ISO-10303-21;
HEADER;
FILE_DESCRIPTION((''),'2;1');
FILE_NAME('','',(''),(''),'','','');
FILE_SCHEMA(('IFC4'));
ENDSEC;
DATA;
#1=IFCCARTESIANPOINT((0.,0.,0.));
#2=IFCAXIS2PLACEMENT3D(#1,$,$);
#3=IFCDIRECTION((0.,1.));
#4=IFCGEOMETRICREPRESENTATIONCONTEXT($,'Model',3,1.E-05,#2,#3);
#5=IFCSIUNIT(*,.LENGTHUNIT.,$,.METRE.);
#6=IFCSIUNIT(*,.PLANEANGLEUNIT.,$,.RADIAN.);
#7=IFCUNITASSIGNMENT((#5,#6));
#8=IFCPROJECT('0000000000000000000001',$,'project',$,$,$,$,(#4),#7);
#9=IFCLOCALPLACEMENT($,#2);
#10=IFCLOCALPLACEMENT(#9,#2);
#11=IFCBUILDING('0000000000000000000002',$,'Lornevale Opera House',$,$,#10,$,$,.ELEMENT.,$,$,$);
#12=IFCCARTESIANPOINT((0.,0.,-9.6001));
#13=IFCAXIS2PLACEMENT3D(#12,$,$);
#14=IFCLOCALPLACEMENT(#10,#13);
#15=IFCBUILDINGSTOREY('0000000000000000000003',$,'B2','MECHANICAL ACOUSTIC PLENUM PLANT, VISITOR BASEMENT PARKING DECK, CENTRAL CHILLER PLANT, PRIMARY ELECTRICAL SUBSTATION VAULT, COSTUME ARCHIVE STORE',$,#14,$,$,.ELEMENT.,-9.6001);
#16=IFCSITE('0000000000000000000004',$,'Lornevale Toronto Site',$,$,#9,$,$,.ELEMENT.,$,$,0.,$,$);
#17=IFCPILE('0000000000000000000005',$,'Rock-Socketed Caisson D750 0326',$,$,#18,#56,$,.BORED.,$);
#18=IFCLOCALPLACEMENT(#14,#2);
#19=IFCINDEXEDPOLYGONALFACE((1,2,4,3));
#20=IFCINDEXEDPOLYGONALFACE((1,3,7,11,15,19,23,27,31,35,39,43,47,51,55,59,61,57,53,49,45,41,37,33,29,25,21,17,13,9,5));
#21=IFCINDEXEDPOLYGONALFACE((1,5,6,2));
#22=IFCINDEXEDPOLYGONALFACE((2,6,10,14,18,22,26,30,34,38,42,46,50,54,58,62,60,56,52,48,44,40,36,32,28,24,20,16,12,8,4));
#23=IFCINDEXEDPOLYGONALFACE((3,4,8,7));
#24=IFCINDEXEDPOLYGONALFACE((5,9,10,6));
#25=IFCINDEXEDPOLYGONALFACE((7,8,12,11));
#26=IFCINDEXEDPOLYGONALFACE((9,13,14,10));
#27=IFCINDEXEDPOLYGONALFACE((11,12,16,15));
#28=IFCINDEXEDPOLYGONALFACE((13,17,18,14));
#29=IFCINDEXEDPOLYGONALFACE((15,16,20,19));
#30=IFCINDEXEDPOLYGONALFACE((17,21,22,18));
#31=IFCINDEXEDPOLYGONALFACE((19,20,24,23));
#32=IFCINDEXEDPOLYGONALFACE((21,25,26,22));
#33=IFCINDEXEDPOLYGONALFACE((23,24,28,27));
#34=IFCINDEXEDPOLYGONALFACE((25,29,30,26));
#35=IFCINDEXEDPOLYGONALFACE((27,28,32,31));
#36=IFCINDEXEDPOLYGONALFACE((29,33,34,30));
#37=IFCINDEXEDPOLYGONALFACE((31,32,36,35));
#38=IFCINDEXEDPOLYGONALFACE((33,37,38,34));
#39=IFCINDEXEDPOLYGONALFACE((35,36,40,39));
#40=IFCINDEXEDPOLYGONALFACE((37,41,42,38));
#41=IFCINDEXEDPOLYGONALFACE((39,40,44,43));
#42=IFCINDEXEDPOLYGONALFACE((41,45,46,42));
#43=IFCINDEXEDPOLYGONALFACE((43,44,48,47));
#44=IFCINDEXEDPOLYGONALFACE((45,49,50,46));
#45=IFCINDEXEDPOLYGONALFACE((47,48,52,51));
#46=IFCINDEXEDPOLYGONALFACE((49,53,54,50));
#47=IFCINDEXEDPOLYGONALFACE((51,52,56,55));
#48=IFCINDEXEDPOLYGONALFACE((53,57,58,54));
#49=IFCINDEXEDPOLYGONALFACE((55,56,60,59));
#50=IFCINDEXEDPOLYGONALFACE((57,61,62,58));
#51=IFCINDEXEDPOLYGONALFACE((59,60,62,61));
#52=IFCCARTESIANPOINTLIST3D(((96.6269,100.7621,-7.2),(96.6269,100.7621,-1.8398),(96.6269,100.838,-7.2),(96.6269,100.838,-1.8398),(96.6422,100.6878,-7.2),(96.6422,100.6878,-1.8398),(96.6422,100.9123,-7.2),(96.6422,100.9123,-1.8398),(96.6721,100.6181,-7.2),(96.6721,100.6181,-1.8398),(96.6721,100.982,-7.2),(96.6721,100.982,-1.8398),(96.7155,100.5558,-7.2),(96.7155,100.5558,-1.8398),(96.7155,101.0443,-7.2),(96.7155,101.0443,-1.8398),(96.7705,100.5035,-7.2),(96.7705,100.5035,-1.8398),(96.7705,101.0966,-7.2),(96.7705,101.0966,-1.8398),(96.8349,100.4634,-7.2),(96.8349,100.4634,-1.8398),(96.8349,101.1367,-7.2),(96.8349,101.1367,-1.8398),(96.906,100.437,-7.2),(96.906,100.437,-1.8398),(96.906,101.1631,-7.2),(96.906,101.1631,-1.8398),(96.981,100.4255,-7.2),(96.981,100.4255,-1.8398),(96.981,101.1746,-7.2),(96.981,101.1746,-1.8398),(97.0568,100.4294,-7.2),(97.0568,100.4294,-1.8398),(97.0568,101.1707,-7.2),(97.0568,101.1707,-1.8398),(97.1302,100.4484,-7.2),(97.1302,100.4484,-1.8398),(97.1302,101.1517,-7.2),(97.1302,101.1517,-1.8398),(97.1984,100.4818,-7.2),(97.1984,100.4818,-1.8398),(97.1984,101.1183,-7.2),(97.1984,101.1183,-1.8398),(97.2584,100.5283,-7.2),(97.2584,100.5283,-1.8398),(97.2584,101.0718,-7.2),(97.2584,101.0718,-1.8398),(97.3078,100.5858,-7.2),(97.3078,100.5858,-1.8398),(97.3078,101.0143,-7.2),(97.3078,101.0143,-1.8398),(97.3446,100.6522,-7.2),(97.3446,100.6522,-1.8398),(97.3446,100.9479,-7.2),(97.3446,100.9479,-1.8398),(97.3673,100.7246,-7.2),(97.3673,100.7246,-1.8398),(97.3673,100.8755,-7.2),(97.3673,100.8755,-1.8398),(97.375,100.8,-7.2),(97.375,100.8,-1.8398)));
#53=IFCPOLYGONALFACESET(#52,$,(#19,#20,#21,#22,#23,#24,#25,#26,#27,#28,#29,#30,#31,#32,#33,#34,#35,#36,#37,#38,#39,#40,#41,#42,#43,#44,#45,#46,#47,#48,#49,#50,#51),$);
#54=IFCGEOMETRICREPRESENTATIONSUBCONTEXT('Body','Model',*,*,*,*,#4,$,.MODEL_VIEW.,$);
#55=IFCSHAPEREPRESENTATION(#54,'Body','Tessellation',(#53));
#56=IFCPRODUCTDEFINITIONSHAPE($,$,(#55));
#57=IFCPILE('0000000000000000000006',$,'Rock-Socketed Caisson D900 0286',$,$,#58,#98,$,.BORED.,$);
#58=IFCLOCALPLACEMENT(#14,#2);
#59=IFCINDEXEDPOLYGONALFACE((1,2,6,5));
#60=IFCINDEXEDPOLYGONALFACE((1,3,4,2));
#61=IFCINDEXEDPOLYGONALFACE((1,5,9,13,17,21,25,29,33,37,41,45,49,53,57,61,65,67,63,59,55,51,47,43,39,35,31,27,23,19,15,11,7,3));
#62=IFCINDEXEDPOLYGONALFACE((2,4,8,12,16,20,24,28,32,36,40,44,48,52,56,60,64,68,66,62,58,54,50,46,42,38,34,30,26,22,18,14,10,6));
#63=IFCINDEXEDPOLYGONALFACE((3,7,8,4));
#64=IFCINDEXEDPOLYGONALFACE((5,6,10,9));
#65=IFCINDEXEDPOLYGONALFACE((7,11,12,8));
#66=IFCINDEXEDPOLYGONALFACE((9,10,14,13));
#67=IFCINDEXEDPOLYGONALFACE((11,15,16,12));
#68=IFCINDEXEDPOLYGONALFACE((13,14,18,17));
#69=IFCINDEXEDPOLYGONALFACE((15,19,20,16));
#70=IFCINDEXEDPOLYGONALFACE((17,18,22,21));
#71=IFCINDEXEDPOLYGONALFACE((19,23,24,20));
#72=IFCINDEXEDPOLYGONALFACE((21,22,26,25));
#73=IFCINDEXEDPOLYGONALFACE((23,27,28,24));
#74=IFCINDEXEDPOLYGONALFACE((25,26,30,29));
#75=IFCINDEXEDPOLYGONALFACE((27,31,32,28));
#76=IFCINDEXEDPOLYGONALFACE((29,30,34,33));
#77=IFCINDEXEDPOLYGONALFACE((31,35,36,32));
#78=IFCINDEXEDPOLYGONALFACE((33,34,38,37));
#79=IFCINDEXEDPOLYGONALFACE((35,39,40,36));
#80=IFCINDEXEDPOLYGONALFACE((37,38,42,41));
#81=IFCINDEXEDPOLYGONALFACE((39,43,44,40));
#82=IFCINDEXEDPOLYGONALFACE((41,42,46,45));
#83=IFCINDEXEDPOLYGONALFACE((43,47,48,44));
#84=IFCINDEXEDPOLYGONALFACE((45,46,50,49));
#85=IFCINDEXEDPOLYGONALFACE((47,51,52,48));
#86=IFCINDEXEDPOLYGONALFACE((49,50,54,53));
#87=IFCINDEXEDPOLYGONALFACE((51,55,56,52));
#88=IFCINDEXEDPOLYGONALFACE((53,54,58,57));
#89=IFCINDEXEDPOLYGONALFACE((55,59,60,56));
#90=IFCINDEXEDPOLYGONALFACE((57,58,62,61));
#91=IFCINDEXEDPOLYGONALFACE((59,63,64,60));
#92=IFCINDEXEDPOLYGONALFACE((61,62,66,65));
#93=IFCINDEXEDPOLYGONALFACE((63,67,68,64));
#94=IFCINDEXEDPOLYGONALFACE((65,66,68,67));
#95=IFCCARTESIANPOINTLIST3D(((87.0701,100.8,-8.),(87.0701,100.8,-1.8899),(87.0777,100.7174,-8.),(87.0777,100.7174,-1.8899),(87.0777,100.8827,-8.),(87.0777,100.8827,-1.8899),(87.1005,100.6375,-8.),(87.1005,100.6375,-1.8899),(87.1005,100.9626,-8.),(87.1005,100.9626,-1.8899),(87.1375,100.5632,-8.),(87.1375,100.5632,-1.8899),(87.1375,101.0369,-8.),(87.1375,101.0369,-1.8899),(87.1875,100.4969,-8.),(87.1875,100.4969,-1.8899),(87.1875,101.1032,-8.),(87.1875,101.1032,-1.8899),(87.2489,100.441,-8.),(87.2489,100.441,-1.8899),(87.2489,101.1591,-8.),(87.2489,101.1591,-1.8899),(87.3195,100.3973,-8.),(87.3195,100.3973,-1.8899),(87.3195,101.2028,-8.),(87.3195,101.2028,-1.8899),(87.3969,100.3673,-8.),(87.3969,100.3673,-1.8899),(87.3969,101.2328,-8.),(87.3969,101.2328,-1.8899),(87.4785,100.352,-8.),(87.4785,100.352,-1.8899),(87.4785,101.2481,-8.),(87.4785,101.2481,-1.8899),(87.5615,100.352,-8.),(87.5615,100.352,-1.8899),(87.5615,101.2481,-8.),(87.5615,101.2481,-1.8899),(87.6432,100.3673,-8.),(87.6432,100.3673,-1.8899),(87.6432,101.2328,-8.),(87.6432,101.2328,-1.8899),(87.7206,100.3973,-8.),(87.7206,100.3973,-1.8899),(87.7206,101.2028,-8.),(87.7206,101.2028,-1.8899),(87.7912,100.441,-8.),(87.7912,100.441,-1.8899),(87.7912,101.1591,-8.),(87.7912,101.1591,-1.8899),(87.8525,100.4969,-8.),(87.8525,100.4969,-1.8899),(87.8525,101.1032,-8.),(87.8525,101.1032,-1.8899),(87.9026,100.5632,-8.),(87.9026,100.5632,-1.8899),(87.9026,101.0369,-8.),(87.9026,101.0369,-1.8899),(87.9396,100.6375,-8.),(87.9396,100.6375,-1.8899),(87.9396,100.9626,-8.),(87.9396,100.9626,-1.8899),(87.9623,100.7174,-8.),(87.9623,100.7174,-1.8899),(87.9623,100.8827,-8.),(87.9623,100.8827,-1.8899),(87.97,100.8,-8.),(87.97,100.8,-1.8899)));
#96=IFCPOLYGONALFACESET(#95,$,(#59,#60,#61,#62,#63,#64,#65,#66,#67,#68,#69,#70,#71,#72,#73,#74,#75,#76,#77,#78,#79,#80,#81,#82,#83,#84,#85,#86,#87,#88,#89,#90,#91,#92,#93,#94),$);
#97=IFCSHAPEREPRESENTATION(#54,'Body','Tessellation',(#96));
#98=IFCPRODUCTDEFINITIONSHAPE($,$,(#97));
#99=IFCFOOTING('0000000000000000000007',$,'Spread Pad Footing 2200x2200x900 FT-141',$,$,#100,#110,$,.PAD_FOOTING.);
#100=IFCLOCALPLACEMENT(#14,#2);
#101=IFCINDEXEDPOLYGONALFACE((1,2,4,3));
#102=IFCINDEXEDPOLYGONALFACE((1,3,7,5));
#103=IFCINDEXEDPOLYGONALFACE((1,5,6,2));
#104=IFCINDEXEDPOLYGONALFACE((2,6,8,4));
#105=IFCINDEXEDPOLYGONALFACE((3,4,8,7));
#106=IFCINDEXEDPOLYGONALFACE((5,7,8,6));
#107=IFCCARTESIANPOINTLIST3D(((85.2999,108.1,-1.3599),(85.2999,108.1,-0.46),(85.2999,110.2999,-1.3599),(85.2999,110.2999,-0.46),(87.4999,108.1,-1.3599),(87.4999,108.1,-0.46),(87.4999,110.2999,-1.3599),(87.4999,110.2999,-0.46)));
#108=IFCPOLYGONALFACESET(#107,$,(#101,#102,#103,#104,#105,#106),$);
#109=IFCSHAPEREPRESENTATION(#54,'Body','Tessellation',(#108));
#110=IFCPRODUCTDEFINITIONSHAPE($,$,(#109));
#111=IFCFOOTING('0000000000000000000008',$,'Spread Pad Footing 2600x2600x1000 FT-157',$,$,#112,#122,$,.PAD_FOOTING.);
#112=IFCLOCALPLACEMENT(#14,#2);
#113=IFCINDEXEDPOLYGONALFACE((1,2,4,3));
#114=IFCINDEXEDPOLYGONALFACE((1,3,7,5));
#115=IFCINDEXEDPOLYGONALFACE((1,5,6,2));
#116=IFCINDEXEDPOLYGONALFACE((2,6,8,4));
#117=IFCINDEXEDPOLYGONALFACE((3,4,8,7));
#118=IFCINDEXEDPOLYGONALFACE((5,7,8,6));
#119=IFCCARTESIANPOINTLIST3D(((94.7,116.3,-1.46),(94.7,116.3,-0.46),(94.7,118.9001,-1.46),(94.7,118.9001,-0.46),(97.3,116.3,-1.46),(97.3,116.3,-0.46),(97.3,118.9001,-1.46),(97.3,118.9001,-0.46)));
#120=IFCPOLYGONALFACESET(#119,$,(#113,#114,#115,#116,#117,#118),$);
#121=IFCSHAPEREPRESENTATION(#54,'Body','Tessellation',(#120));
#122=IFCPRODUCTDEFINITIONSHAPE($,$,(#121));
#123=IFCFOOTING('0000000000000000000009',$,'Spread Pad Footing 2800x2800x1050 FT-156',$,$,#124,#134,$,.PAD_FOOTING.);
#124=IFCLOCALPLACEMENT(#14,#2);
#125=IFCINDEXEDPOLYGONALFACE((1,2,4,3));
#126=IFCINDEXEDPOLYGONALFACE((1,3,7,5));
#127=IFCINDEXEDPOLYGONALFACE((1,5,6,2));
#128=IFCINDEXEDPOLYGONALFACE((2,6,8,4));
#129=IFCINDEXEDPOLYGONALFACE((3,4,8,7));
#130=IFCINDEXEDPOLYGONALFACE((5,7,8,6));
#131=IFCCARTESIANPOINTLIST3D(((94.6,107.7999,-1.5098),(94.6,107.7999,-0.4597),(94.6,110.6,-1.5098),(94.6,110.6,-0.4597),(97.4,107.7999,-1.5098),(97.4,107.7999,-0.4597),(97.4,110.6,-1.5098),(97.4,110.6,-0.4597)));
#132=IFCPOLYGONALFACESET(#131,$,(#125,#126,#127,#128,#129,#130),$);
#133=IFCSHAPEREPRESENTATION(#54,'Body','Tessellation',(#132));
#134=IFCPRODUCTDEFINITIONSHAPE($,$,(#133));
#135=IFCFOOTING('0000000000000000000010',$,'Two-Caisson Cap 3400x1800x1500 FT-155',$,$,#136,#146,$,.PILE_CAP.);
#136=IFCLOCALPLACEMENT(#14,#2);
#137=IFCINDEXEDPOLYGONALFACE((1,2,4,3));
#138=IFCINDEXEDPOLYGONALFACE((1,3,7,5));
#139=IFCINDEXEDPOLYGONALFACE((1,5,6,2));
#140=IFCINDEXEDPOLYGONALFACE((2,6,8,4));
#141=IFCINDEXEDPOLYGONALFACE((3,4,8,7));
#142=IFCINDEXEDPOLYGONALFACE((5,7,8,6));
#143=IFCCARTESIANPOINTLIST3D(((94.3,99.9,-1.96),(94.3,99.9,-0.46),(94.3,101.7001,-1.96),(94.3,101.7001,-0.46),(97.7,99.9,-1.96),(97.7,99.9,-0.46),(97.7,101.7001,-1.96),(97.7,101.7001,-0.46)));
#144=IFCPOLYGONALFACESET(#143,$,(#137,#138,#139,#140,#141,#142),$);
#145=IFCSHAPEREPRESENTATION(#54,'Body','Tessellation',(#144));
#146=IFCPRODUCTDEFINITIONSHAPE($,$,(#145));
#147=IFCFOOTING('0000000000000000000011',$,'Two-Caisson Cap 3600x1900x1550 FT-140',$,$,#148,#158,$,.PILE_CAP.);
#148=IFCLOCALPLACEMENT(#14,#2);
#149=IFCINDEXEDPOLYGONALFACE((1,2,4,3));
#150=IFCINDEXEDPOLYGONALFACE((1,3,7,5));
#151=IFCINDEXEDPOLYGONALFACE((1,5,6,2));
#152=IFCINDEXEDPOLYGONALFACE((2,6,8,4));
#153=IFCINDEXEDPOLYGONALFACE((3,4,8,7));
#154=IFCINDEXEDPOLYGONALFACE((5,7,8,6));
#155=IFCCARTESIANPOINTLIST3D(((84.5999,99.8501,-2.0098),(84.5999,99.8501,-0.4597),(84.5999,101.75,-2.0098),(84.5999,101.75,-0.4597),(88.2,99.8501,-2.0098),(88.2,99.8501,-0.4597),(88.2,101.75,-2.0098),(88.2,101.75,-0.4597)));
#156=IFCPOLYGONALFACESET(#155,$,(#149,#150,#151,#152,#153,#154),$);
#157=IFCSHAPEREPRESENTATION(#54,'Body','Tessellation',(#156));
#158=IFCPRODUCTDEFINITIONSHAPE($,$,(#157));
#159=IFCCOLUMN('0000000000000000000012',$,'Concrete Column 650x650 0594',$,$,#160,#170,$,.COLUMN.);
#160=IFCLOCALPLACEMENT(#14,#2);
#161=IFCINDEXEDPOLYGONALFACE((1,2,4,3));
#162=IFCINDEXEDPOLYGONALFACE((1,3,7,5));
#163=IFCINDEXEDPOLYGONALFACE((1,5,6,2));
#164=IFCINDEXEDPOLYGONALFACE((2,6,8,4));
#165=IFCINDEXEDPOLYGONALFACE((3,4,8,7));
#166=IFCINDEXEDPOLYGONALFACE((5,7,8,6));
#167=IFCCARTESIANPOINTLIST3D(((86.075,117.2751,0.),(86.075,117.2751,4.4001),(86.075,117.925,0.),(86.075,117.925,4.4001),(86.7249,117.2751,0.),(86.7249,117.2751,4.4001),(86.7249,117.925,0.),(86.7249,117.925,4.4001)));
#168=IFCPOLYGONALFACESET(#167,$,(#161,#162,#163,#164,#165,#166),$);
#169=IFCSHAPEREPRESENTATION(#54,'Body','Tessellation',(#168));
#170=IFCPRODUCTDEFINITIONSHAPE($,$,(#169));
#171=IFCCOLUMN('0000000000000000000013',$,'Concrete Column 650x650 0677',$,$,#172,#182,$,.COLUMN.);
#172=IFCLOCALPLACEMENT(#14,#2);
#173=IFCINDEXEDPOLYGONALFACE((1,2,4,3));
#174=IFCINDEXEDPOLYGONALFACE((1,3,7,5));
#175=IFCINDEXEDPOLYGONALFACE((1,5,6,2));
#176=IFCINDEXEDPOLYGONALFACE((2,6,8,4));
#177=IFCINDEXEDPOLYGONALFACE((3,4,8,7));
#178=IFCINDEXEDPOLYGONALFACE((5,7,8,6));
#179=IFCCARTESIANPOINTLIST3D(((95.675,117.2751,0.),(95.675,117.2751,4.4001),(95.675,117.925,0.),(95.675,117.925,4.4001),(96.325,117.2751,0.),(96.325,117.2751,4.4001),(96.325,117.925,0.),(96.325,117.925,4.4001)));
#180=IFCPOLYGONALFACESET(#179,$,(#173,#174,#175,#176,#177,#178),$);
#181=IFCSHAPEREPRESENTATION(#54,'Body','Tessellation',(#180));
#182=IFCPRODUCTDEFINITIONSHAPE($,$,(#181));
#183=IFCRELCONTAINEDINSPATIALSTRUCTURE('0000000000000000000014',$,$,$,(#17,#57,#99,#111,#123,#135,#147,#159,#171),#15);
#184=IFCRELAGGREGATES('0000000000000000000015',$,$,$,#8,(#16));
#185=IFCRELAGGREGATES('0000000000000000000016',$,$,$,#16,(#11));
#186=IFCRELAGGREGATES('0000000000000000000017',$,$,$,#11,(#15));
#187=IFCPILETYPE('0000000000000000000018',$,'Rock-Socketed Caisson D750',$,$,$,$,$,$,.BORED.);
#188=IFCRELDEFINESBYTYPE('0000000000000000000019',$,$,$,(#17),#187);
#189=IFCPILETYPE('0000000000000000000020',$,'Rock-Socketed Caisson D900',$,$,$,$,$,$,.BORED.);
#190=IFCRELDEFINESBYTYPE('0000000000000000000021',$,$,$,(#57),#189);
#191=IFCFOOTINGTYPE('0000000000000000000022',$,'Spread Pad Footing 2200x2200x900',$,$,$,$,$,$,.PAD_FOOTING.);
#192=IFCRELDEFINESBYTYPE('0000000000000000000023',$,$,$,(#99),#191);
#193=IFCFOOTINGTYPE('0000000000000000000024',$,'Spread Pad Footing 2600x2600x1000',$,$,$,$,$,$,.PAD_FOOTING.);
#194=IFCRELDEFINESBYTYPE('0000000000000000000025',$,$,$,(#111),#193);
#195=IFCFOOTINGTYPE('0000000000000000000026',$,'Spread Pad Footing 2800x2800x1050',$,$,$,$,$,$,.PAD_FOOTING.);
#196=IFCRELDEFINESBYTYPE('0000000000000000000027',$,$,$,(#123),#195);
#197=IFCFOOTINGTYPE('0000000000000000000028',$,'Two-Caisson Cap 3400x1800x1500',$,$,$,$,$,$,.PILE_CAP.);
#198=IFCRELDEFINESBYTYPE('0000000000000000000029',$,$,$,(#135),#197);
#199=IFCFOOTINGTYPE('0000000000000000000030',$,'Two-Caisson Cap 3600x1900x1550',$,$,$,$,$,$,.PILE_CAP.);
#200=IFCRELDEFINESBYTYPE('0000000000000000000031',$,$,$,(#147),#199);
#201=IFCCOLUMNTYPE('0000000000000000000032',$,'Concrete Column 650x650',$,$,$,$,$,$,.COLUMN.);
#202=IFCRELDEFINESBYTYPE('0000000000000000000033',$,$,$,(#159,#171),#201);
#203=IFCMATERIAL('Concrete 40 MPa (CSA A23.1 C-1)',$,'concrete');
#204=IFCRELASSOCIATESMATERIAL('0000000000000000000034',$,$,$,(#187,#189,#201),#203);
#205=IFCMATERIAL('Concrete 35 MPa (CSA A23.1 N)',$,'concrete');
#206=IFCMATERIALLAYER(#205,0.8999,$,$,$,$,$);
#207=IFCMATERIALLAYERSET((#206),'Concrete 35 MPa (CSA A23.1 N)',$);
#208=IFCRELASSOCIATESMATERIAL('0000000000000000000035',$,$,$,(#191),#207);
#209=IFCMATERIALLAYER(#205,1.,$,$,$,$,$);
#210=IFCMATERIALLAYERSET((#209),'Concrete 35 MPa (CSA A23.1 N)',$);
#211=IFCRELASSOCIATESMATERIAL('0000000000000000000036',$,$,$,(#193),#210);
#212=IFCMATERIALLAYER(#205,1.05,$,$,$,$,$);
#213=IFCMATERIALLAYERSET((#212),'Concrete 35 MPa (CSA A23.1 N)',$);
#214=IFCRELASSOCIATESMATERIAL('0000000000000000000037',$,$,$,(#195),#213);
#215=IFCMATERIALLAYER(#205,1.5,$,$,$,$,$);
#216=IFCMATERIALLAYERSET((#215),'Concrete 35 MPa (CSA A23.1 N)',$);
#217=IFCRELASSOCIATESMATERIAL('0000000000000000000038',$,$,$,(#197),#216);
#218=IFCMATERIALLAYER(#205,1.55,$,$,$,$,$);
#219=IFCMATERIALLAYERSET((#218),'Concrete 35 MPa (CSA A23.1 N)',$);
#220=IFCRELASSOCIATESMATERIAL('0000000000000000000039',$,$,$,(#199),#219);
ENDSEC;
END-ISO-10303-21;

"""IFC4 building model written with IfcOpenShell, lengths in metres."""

from ifc_helpers import new_model, si_unit, direction, frame, origin, origin_2d, place, context, subcontext, project, spatial, rectangle, circle, extrude, material, layer, layer_set, material_profile, profile_set, type_object, element, save


model = new_model("IFC4")

# Units and contexts
model_context = context("Model", 3, precision=1e-05, world=origin(), true_north=direction((0.0, 1.0)))
body_context = subcontext(model_context, "Body", "Model", "MODEL_VIEW")
ifc_project = project(units=[si_unit("LENGTHUNIT", "METRE"), si_unit("PLANEANGLEUNIT", "RADIAN")], contexts=[model_context])

# Site, building, storey
site_placement = place(None, origin())
site = spatial("IfcSite", under=ifc_project, at=site_placement, Name="Lornevale Toronto Site", CompositionType="ELEMENT", RefElevation=0.0)
building_placement = place(site_placement, origin())
building = spatial("IfcBuilding", under=site, at=building_placement, Name="Lornevale Opera House", CompositionType="ELEMENT")
storey_placement = place(building_placement, frame((0.0, 0.0, -9.6001)))
storey = spatial("IfcBuildingStorey", under=building, at=storey_placement, Name="B2", Description="MECHANICAL ACOUSTIC PLENUM PLANT, VISITOR BASEMENT PARKING DECK, CENTRAL CHILLER PLANT, PRIMARY ELECTRICAL SUBSTATION VAULT, COSTUME ARCHIVE STORE", CompositionType="ELEMENT", Elevation=-9.6001)

# Shared definitions
ifc_material_1 = material(Name="Concrete 35 MPa (CSA A23.1 N)", Category="concrete")

# Shared definitions
ifc_material_2 = material(Name="Concrete 40 MPa (CSA A23.1 C-1)", Category="concrete")

# Piles
ifc_material_profile_1 = material_profile(ifc_material_2, circle(Radius=0.375, at=origin_2d()), Name="CAIS750")
ifc_profile_set_1 = profile_set([ifc_material_profile_1], Name="Concrete 40 MPa (CSA A23.1 C-1)")
pile_type_1 = type_object("IfcPileType", Name="Rock-Socketed Caisson D750", PredefinedType="BORED", material=ifc_profile_set_1)
for number, where, z_axis, x_axis, name in (
    (1, (97.0, 100.8, -1.8398), (0.0, 0.0, -1.0), (1.0, 0.0, 0.0), "Rock-Socketed Caisson D750 0326"),
):
    element("IfcPile", number, at=place(storey_placement, frame(where, z_axis=z_axis, x_axis=x_axis)), inside=storey, type_object=pile_type_1, Name=name, PredefinedType="BORED", context=body_context, shape_type="SweptSolid", body=[
        extrude(circle(Radius=0.375, at=origin_2d()), origin(), (0.0, 0.0, 1.0), 5.3601),
    ])
ifc_material_profile_2 = material_profile(ifc_material_2, circle(Radius=0.45, at=origin_2d()), Name="CAIS900")
ifc_profile_set_2 = profile_set([ifc_material_profile_2], Name="Concrete 40 MPa (CSA A23.1 C-1)")
pile_type_2 = type_object("IfcPileType", Name="Rock-Socketed Caisson D900", PredefinedType="BORED", material=ifc_profile_set_2)
pile_1_placement = place(storey_placement, frame((87.52, 100.8, -1.8899), z_axis=(0.0, 0.0, -1.0), x_axis=(1.0, 0.0, 0.0)))
element("IfcPile", 2, at=pile_1_placement, inside=storey, type_object=pile_type_2, Name="Rock-Socketed Caisson D900 0286", PredefinedType="BORED", context=body_context, shape_type="SweptSolid", body=[
    extrude(circle(Radius=0.45, at=origin_2d()), origin(), (0.0, 0.0, 1.0), 6.1101),
])

# Footings
ifc_layer_1 = layer(ifc_material_1, 0.8999)
ifc_layer_set_1 = layer_set([ifc_layer_1], Name="Concrete 35 MPa (CSA A23.1 N)")
footing_type_1 = type_object("IfcFootingType", Name="Spread Pad Footing 2200x2200x900", PredefinedType="PAD_FOOTING", material=ifc_layer_set_1)
footing_1_placement = place(storey_placement, frame((86.3999, 109.2, -1.3599), z_axis=(0.0, 0.0, 1.0), x_axis=(1.0, 0.0, 0.0)))
element("IfcFooting", 3, at=footing_1_placement, inside=storey, type_object=footing_type_1, Name="Spread Pad Footing 2200x2200x900 FT-141", PredefinedType="PAD_FOOTING", context=body_context, shape_type="SweptSolid", body=[
    extrude(rectangle(XDim=2.2, YDim=2.2, at=origin_2d()), origin(), (0.0, 0.0, 1.0), 0.8999),
])
ifc_layer_2 = layer(ifc_material_1, 1.0)
ifc_layer_set_2 = layer_set([ifc_layer_2], Name="Concrete 35 MPa (CSA A23.1 N)")
footing_type_2 = type_object("IfcFootingType", Name="Spread Pad Footing 2600x2600x1000", PredefinedType="PAD_FOOTING", material=ifc_layer_set_2)
footing_2_placement = place(storey_placement, frame((96.0, 117.6001, -1.46), z_axis=(0.0, 0.0, 1.0), x_axis=(1.0, 0.0, 0.0)))
element("IfcFooting", 4, at=footing_2_placement, inside=storey, type_object=footing_type_2, Name="Spread Pad Footing 2600x2600x1000 FT-157", PredefinedType="PAD_FOOTING", context=body_context, shape_type="SweptSolid", body=[
    extrude(rectangle(XDim=2.6001, YDim=2.6001, at=origin_2d()), origin(), (0.0, 0.0, 1.0), 1.0),
])
ifc_layer_3 = layer(ifc_material_1, 1.05)
ifc_layer_set_3 = layer_set([ifc_layer_3], Name="Concrete 35 MPa (CSA A23.1 N)")
footing_type_3 = type_object("IfcFootingType", Name="Spread Pad Footing 2800x2800x1050", PredefinedType="PAD_FOOTING", material=ifc_layer_set_3)
footing_3_placement = place(storey_placement, frame((96.0, 109.2, -1.5098), z_axis=(0.0, 0.0, 1.0), x_axis=(1.0, 0.0, 0.0)))
element("IfcFooting", 5, at=footing_3_placement, inside=storey, type_object=footing_type_3, Name="Spread Pad Footing 2800x2800x1050 FT-156", PredefinedType="PAD_FOOTING", context=body_context, shape_type="SweptSolid", body=[
    extrude(rectangle(XDim=2.8, YDim=2.8, at=origin_2d()), origin(), (0.0, 0.0, 1.0), 1.05),
])
ifc_layer_4 = layer(ifc_material_1, 1.5)
ifc_layer_set_4 = layer_set([ifc_layer_4], Name="Concrete 35 MPa (CSA A23.1 N)")
footing_type_4 = type_object("IfcFootingType", Name="Two-Caisson Cap 3400x1800x1500", PredefinedType="PILE_CAP", material=ifc_layer_set_4)
footing_4_placement = place(storey_placement, frame((96.0, 100.8, -1.96), z_axis=(0.0, 0.0, 1.0), x_axis=(1.0, 0.0, 0.0)))
element("IfcFooting", 6, at=footing_4_placement, inside=storey, type_object=footing_type_4, Name="Two-Caisson Cap 3400x1800x1500 FT-155", PredefinedType="PILE_CAP", context=body_context, shape_type="SweptSolid", body=[
    extrude(rectangle(XDim=3.3999, YDim=1.8, at=origin_2d()), origin(), (0.0, 0.0, 1.0), 1.5),
])
ifc_layer_5 = layer(ifc_material_1, 1.55)
ifc_layer_set_5 = layer_set([ifc_layer_5], Name="Concrete 35 MPa (CSA A23.1 N)")
footing_type_5 = type_object("IfcFootingType", Name="Two-Caisson Cap 3600x1900x1550", PredefinedType="PILE_CAP", material=ifc_layer_set_5)
footing_5_placement = place(storey_placement, frame((86.3999, 100.8, -2.0098), z_axis=(0.0, 0.0, 1.0), x_axis=(1.0, 0.0, 0.0)))
element("IfcFooting", 7, at=footing_5_placement, inside=storey, type_object=footing_type_5, Name="Two-Caisson Cap 3600x1900x1550 FT-140", PredefinedType="PILE_CAP", context=body_context, shape_type="SweptSolid", body=[
    extrude(rectangle(XDim=3.6001, YDim=1.8999, at=origin_2d()), origin(), (0.0, 0.0, 1.0), 1.55),
])

# Columns
ifc_material_profile_3 = material_profile(ifc_material_2, rectangle(XDim=0.6499, YDim=0.6499, at=origin_2d()), Name="RC650x650")
ifc_profile_set_3 = profile_set([ifc_material_profile_3], Name="Concrete 40 MPa (CSA A23.1 C-1)")
column_type_1 = type_object("IfcColumnType", Name="Concrete Column 650x650", PredefinedType="COLUMN", material=ifc_profile_set_3)
for number, where, z_axis, x_axis, name in (
    (8, (86.3999, 117.6001, 0.0), (0.0, 0.0, 1.0), (1.0, 0.0, 0.0), "Concrete Column 650x650 0594"),
    (9, (96.0, 117.6001, 0.0), (0.0, 0.0, 1.0), (1.0, 0.0, 0.0), "Concrete Column 650x650 0677"),
):
    element("IfcColumn", number, at=place(storey_placement, frame(where, z_axis=z_axis, x_axis=x_axis)), inside=storey, type_object=column_type_1, Name=name, PredefinedType="COLUMN", context=body_context, shape_type="SweptSolid", body=[
        extrude(rectangle(XDim=0.6499, YDim=0.6499, at=origin_2d()), origin(), (0.0, 0.0, 1.0), 4.4001),
    ])

save(model, "model.ifc")
